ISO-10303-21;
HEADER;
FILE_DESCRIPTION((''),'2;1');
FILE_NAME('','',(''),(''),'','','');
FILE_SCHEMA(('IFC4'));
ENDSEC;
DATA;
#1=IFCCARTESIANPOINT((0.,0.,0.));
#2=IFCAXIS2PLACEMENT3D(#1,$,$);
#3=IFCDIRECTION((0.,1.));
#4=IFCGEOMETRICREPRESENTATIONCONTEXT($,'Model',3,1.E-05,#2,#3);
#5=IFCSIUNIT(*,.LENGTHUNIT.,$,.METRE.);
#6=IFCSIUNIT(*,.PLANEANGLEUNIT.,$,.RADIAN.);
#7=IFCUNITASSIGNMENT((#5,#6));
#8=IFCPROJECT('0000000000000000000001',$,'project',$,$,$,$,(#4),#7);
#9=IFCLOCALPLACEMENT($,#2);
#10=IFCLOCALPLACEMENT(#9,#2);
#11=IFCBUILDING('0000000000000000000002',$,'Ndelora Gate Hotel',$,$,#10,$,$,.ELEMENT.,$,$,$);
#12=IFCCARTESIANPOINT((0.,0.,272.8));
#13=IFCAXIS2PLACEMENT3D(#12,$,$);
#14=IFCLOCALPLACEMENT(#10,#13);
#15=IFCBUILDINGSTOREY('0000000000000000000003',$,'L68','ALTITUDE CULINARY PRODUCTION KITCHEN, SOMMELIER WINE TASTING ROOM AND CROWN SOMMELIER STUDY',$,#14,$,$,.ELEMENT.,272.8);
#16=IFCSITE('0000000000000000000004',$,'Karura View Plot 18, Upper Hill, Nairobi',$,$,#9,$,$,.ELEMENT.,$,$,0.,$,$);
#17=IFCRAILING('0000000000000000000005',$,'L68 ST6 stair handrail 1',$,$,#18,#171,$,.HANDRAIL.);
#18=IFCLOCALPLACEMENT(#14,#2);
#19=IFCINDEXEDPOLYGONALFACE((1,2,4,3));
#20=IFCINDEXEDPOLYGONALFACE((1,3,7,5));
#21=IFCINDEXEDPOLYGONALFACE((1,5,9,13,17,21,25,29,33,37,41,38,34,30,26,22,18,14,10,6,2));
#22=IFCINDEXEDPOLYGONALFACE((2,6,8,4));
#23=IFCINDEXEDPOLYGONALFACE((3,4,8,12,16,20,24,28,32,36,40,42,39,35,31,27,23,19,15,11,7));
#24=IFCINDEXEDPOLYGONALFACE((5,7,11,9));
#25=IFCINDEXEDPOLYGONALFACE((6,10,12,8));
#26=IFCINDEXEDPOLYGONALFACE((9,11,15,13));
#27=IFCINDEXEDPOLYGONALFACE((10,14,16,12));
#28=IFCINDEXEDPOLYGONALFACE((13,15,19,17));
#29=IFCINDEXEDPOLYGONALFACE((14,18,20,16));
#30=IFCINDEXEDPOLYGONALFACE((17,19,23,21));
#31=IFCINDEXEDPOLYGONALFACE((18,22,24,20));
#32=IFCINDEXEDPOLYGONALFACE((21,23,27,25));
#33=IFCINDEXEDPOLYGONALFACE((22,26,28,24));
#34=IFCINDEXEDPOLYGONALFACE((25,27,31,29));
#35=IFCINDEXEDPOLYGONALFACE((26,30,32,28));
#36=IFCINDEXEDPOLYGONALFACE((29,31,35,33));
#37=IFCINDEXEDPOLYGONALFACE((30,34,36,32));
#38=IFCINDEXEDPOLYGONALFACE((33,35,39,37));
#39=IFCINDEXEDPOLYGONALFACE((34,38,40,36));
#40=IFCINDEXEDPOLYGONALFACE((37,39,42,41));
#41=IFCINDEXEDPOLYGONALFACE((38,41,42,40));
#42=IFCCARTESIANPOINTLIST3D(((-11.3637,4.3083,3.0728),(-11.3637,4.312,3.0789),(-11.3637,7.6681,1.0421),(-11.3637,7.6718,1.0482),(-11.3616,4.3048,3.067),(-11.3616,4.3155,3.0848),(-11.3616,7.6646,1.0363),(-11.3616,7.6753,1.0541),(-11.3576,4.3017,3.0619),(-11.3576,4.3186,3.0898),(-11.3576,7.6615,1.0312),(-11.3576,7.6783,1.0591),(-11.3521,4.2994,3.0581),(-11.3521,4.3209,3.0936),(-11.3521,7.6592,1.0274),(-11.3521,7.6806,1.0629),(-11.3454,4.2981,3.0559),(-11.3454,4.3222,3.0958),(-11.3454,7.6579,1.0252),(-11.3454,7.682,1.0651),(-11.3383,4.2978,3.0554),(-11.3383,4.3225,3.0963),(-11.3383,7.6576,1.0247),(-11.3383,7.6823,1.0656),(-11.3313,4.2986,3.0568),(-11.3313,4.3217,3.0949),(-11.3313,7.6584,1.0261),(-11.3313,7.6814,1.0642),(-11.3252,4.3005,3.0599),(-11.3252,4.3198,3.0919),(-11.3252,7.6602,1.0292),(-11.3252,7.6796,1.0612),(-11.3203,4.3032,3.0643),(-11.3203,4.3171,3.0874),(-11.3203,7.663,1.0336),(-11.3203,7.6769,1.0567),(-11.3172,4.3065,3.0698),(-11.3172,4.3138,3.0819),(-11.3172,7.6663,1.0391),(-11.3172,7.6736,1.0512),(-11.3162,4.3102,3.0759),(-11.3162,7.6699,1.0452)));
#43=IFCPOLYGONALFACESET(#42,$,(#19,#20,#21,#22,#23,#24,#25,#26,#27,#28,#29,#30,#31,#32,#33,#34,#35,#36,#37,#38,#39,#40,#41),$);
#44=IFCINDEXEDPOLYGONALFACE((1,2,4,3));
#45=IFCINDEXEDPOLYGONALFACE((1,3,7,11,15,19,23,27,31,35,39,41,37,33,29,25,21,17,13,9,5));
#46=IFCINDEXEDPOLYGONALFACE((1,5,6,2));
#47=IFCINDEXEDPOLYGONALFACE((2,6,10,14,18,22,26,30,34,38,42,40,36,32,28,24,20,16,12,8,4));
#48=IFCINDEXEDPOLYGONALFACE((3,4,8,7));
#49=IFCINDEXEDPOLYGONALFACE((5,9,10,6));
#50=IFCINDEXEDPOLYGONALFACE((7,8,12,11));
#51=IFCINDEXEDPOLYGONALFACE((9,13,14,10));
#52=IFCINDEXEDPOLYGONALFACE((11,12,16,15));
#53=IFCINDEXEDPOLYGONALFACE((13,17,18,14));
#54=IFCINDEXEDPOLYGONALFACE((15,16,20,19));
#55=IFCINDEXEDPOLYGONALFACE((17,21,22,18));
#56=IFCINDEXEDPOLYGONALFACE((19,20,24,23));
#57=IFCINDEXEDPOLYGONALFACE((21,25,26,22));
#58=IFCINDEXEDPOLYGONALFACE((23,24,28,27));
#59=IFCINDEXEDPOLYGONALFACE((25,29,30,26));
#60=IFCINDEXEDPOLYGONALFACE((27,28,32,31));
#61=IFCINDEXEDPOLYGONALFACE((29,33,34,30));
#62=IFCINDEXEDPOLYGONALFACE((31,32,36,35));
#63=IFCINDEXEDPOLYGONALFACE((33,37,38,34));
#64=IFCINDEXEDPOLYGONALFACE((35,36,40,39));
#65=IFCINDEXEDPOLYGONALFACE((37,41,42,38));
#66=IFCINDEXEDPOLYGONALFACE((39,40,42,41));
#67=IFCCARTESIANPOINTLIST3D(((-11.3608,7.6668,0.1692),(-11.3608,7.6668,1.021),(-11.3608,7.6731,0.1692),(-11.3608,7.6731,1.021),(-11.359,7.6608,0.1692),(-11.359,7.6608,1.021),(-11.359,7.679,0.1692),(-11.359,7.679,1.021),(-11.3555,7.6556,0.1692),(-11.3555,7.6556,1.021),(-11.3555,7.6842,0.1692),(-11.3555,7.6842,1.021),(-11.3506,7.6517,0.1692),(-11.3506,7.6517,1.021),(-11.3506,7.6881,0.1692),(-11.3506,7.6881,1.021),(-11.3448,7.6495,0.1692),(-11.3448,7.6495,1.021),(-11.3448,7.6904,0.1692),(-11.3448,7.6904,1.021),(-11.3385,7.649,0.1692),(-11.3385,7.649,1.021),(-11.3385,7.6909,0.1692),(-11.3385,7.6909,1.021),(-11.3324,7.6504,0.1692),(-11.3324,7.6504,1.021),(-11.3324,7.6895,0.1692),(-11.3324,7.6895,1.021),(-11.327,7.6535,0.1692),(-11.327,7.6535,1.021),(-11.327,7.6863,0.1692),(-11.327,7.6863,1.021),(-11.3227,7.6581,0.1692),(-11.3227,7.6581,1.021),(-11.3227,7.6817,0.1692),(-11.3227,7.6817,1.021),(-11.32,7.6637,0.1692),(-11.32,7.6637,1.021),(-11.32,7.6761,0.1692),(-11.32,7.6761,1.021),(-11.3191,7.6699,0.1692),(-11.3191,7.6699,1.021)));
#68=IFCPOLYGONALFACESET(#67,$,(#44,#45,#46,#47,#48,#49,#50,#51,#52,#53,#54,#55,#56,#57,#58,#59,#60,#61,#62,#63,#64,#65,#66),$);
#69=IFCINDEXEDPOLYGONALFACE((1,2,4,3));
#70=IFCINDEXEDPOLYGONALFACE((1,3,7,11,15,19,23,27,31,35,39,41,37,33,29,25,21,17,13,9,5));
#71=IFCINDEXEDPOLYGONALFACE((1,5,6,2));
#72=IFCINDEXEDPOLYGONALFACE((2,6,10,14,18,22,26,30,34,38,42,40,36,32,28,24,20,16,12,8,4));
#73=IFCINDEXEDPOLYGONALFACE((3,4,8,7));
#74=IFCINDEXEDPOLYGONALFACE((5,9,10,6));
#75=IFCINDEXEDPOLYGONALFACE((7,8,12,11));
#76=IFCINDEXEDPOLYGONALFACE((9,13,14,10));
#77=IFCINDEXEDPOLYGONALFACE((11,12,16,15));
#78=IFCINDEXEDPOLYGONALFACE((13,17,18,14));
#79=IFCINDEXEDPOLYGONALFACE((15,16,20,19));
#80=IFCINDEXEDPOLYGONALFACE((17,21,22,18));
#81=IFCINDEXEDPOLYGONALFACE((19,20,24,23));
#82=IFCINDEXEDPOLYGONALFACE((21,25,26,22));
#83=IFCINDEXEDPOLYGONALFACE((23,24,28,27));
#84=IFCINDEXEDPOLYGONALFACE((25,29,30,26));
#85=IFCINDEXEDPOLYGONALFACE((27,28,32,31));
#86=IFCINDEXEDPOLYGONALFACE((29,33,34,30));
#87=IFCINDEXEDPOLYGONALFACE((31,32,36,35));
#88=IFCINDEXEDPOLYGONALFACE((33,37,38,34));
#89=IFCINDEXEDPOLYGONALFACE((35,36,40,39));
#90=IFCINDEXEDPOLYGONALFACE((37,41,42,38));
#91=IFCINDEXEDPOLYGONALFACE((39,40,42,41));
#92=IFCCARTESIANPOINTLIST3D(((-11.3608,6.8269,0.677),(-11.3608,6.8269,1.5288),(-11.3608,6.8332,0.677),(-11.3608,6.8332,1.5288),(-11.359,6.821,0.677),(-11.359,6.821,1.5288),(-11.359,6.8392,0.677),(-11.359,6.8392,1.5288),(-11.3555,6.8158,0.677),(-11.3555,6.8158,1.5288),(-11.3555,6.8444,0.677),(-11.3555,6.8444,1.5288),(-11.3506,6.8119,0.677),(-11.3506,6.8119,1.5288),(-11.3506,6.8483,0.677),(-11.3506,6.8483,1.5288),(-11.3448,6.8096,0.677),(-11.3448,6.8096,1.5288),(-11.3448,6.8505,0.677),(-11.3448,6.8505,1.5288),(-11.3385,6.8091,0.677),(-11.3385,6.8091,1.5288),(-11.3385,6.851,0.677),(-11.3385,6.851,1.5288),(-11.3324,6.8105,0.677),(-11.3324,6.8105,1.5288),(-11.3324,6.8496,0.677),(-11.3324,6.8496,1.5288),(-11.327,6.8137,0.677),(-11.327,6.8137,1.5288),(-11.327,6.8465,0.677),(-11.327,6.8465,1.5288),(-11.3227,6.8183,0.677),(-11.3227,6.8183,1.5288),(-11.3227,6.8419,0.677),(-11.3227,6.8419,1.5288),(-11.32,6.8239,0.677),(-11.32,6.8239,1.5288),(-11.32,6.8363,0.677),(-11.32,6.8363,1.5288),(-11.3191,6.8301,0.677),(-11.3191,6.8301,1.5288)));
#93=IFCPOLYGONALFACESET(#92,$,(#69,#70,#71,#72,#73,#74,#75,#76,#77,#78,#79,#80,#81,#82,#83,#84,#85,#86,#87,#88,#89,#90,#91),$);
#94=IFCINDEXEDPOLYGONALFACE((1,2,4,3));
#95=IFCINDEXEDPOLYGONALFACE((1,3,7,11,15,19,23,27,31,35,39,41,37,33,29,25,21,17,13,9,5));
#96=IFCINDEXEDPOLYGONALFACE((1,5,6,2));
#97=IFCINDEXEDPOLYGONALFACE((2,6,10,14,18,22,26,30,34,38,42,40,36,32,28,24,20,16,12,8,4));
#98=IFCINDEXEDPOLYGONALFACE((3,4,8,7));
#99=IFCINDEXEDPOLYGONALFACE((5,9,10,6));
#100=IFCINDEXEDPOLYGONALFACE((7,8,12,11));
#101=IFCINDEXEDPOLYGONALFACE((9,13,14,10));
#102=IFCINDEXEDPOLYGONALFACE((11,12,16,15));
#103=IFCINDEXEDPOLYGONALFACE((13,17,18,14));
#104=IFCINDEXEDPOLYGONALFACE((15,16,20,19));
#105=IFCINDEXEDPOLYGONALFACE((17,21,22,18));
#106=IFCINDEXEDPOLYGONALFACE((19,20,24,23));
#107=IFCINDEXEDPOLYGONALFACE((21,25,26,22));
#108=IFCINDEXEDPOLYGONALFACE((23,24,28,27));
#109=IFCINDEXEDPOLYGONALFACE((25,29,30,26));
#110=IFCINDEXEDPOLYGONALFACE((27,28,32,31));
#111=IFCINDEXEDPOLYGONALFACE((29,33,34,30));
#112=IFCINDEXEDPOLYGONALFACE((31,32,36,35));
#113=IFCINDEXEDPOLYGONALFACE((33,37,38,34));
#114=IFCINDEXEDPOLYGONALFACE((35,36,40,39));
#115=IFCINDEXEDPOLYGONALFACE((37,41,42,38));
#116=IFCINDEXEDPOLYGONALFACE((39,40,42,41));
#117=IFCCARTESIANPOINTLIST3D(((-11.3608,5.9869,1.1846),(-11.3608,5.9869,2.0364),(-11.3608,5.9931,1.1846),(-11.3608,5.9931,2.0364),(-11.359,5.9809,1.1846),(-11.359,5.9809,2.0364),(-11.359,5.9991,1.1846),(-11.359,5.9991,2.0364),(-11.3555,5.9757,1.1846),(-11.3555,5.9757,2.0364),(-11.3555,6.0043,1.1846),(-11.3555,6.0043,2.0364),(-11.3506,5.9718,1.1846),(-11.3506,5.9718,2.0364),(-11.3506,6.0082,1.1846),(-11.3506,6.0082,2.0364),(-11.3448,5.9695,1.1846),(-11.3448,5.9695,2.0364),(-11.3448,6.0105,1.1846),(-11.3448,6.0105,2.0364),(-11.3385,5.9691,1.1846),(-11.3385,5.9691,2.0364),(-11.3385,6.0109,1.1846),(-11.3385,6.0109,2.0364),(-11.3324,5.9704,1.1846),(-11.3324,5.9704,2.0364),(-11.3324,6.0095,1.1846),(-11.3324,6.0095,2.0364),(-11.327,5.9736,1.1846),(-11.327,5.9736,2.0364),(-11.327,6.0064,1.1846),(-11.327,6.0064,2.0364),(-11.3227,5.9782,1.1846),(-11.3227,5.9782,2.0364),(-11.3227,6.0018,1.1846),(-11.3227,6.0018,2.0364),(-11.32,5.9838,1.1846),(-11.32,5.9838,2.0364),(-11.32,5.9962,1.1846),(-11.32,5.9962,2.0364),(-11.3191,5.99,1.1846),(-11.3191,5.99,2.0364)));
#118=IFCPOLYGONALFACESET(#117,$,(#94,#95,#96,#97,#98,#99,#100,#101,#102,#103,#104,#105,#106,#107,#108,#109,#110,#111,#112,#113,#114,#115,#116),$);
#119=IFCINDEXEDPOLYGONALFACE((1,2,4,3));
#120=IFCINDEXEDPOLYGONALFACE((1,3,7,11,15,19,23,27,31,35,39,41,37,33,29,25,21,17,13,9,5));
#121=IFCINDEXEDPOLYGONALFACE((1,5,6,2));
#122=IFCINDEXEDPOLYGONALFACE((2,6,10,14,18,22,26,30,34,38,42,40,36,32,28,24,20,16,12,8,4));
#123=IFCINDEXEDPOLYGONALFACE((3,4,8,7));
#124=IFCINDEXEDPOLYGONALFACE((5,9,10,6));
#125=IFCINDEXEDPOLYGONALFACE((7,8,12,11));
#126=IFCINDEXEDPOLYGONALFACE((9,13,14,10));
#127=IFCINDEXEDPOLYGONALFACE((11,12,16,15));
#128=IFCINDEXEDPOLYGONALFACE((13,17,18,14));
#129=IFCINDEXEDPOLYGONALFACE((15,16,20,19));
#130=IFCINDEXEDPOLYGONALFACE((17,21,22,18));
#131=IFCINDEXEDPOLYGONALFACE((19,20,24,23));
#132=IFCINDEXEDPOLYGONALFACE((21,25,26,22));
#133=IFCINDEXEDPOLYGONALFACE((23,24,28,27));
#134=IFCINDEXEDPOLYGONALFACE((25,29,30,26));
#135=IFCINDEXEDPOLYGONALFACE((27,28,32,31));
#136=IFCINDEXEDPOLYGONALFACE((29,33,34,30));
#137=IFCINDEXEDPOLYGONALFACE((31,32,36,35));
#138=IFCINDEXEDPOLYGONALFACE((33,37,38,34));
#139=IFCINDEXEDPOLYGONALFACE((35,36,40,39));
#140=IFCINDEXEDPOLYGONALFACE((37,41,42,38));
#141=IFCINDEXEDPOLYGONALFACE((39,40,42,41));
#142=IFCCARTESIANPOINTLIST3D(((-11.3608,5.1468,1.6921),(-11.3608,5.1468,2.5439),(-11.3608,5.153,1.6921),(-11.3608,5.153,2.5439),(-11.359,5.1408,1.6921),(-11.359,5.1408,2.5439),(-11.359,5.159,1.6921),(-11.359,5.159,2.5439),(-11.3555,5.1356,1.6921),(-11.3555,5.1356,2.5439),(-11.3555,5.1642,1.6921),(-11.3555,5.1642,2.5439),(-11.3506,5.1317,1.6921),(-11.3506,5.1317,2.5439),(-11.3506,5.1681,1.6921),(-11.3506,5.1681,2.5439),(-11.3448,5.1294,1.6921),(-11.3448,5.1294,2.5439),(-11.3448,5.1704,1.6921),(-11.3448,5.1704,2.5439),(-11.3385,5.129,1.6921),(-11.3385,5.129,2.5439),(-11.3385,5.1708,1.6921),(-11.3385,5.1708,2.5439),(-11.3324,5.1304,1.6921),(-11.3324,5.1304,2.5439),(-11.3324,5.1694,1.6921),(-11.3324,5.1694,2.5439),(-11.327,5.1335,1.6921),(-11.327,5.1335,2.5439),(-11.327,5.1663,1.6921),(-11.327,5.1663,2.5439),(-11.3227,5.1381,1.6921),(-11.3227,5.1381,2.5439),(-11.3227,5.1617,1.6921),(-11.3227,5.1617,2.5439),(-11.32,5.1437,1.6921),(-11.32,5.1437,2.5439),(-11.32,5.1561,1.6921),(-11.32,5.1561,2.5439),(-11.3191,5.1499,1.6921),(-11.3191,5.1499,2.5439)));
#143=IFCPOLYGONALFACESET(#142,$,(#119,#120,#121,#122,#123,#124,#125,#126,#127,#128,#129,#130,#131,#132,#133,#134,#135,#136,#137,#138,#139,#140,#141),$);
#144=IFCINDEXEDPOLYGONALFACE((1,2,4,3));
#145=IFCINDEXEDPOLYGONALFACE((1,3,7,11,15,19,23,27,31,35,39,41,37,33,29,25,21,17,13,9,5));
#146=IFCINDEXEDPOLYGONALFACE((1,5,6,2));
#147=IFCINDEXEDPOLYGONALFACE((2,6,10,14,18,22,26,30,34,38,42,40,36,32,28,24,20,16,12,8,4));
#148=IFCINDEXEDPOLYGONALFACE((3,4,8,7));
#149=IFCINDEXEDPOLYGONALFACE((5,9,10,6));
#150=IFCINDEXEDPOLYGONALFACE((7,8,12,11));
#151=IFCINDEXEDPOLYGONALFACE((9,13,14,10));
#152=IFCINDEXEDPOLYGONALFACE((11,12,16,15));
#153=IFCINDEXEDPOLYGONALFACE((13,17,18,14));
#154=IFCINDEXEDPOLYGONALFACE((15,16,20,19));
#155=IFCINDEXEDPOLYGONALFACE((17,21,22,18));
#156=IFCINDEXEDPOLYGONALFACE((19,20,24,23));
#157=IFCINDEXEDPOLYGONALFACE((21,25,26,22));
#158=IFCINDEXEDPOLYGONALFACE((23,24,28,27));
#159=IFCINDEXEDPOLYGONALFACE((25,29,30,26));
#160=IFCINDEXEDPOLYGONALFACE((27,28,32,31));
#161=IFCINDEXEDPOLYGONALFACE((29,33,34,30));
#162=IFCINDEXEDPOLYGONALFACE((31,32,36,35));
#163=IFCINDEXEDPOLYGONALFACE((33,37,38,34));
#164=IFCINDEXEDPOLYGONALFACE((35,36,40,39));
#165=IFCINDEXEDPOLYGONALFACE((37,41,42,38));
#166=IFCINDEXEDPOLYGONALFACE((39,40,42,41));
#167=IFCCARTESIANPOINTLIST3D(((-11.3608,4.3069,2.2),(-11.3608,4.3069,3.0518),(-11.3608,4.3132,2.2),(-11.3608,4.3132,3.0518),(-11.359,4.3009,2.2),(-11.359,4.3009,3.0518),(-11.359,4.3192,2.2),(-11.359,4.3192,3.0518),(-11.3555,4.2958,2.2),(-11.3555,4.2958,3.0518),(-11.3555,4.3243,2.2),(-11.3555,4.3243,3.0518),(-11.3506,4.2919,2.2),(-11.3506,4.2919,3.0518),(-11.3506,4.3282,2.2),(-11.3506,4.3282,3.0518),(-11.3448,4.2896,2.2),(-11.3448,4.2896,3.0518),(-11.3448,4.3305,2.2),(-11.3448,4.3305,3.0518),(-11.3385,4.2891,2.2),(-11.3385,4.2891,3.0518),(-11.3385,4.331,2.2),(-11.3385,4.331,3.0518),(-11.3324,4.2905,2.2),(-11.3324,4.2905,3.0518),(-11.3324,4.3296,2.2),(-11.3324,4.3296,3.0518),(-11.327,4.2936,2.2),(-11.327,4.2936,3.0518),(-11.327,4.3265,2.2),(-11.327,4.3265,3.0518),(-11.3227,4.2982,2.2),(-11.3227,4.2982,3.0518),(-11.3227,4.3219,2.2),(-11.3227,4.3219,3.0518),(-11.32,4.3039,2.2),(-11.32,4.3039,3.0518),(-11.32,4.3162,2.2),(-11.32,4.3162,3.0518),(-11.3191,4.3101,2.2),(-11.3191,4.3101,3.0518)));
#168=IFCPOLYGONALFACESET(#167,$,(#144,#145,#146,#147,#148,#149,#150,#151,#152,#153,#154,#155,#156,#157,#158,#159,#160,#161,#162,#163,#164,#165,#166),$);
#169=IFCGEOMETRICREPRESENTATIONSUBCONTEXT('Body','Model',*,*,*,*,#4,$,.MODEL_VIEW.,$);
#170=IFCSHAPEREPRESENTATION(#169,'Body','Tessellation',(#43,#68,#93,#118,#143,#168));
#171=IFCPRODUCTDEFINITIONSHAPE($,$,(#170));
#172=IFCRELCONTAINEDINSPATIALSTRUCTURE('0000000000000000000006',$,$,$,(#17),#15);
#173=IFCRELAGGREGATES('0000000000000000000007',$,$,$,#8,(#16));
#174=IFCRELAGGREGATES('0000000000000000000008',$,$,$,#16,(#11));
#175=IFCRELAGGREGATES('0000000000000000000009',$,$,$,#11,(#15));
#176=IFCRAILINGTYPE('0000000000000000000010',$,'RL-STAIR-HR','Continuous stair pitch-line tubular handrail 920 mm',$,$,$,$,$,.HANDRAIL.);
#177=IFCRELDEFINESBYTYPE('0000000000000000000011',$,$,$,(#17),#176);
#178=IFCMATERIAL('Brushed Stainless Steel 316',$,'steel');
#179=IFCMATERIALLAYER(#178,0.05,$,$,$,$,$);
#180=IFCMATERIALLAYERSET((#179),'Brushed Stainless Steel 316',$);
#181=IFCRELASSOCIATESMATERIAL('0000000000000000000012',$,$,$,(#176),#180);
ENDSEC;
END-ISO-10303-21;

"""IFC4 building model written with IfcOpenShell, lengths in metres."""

from ifc_helpers import new_model, si_unit, direction, frame, origin, origin_2d, place, context, subcontext, project, spatial, circle, extrude, material, layer, layer_set, type_object, element, save


model = new_model("IFC4")

# Units and contexts
model_context = context("Model", 3, precision=1e-05, world=origin(), true_north=direction((0.0, 1.0)))
body_context = subcontext(model_context, "Body", "Model", "MODEL_VIEW")
ifc_project = project(units=[si_unit("LENGTHUNIT", "METRE"), si_unit("PLANEANGLEUNIT", "RADIAN")], contexts=[model_context])

# Site, building, storey
site_placement = place(None, origin())
site = spatial("IfcSite", under=ifc_project, at=site_placement, Name="Karura View Plot 18, Upper Hill, Nairobi", CompositionType="ELEMENT", RefElevation=0.0)
building_placement = place(site_placement, origin())
building = spatial("IfcBuilding", under=site, at=building_placement, Name="Ndelora Gate Hotel", CompositionType="ELEMENT")
storey_placement = place(building_placement, frame((0.0, 0.0, 272.8)))
storey = spatial("IfcBuildingStorey", under=building, at=storey_placement, Name="L68", Description="ALTITUDE CULINARY PRODUCTION KITCHEN, SOMMELIER WINE TASTING ROOM AND CROWN SOMMELIER STUDY", CompositionType="ELEMENT", Elevation=272.8)

# Railing
ifc_material_1 = material(Name="Brushed Stainless Steel 316", Category="steel")
ifc_layer_1 = layer(ifc_material_1, 0.05)
ifc_layer_set_1 = layer_set([ifc_layer_1], Name="Brushed Stainless Steel 316")
railing_type_1 = type_object("IfcRailingType", Name="RL-STAIR-HR", Description="Continuous stair pitch-line tubular handrail 920 mm", PredefinedType="HANDRAIL", material=ifc_layer_set_1)
railing_1_placement = place(storey_placement, frame((-11.3401, 7.6699, 0.1692)))
element("IfcRailing", 1, at=railing_1_placement, inside=storey, type_object=railing_type_1, Name="L68 ST6 stair handrail 1", PredefinedType="HANDRAIL", context=body_context, shape_type="SweptSolid", body=[
    extrude(circle(Radius=0.0239, at=origin_2d()), frame((0.0, 0.0, 0.876), z_axis=(0.0, -0.85582, 0.517273), x_axis=(1.0, 0.0, 0.0)), (0.0, 0.0, 1.0), 3.9258),
    extrude(circle(Radius=0.021, at=origin_2d()), origin(), (0.0, 0.0, 1.0), 0.8518),
    extrude(circle(Radius=0.021, at=origin_2d()), frame((0.0, -0.8398, 0.5078)), (0.0, 0.0, 1.0), 0.8518),
    extrude(circle(Radius=0.021, at=origin_2d()), frame((0.0, -1.6799, 1.0154)), (0.0, 0.0, 1.0), 0.8518),
    extrude(circle(Radius=0.021, at=origin_2d()), frame((0.0, -2.52, 1.5229)), (0.0, 0.0, 1.0), 0.8518),
    extrude(circle(Radius=0.021, at=origin_2d()), frame((0.0, -3.3599, 2.0308)), (0.0, 0.0, 1.0), 0.8518),
])

save(model, "model.ifc")
